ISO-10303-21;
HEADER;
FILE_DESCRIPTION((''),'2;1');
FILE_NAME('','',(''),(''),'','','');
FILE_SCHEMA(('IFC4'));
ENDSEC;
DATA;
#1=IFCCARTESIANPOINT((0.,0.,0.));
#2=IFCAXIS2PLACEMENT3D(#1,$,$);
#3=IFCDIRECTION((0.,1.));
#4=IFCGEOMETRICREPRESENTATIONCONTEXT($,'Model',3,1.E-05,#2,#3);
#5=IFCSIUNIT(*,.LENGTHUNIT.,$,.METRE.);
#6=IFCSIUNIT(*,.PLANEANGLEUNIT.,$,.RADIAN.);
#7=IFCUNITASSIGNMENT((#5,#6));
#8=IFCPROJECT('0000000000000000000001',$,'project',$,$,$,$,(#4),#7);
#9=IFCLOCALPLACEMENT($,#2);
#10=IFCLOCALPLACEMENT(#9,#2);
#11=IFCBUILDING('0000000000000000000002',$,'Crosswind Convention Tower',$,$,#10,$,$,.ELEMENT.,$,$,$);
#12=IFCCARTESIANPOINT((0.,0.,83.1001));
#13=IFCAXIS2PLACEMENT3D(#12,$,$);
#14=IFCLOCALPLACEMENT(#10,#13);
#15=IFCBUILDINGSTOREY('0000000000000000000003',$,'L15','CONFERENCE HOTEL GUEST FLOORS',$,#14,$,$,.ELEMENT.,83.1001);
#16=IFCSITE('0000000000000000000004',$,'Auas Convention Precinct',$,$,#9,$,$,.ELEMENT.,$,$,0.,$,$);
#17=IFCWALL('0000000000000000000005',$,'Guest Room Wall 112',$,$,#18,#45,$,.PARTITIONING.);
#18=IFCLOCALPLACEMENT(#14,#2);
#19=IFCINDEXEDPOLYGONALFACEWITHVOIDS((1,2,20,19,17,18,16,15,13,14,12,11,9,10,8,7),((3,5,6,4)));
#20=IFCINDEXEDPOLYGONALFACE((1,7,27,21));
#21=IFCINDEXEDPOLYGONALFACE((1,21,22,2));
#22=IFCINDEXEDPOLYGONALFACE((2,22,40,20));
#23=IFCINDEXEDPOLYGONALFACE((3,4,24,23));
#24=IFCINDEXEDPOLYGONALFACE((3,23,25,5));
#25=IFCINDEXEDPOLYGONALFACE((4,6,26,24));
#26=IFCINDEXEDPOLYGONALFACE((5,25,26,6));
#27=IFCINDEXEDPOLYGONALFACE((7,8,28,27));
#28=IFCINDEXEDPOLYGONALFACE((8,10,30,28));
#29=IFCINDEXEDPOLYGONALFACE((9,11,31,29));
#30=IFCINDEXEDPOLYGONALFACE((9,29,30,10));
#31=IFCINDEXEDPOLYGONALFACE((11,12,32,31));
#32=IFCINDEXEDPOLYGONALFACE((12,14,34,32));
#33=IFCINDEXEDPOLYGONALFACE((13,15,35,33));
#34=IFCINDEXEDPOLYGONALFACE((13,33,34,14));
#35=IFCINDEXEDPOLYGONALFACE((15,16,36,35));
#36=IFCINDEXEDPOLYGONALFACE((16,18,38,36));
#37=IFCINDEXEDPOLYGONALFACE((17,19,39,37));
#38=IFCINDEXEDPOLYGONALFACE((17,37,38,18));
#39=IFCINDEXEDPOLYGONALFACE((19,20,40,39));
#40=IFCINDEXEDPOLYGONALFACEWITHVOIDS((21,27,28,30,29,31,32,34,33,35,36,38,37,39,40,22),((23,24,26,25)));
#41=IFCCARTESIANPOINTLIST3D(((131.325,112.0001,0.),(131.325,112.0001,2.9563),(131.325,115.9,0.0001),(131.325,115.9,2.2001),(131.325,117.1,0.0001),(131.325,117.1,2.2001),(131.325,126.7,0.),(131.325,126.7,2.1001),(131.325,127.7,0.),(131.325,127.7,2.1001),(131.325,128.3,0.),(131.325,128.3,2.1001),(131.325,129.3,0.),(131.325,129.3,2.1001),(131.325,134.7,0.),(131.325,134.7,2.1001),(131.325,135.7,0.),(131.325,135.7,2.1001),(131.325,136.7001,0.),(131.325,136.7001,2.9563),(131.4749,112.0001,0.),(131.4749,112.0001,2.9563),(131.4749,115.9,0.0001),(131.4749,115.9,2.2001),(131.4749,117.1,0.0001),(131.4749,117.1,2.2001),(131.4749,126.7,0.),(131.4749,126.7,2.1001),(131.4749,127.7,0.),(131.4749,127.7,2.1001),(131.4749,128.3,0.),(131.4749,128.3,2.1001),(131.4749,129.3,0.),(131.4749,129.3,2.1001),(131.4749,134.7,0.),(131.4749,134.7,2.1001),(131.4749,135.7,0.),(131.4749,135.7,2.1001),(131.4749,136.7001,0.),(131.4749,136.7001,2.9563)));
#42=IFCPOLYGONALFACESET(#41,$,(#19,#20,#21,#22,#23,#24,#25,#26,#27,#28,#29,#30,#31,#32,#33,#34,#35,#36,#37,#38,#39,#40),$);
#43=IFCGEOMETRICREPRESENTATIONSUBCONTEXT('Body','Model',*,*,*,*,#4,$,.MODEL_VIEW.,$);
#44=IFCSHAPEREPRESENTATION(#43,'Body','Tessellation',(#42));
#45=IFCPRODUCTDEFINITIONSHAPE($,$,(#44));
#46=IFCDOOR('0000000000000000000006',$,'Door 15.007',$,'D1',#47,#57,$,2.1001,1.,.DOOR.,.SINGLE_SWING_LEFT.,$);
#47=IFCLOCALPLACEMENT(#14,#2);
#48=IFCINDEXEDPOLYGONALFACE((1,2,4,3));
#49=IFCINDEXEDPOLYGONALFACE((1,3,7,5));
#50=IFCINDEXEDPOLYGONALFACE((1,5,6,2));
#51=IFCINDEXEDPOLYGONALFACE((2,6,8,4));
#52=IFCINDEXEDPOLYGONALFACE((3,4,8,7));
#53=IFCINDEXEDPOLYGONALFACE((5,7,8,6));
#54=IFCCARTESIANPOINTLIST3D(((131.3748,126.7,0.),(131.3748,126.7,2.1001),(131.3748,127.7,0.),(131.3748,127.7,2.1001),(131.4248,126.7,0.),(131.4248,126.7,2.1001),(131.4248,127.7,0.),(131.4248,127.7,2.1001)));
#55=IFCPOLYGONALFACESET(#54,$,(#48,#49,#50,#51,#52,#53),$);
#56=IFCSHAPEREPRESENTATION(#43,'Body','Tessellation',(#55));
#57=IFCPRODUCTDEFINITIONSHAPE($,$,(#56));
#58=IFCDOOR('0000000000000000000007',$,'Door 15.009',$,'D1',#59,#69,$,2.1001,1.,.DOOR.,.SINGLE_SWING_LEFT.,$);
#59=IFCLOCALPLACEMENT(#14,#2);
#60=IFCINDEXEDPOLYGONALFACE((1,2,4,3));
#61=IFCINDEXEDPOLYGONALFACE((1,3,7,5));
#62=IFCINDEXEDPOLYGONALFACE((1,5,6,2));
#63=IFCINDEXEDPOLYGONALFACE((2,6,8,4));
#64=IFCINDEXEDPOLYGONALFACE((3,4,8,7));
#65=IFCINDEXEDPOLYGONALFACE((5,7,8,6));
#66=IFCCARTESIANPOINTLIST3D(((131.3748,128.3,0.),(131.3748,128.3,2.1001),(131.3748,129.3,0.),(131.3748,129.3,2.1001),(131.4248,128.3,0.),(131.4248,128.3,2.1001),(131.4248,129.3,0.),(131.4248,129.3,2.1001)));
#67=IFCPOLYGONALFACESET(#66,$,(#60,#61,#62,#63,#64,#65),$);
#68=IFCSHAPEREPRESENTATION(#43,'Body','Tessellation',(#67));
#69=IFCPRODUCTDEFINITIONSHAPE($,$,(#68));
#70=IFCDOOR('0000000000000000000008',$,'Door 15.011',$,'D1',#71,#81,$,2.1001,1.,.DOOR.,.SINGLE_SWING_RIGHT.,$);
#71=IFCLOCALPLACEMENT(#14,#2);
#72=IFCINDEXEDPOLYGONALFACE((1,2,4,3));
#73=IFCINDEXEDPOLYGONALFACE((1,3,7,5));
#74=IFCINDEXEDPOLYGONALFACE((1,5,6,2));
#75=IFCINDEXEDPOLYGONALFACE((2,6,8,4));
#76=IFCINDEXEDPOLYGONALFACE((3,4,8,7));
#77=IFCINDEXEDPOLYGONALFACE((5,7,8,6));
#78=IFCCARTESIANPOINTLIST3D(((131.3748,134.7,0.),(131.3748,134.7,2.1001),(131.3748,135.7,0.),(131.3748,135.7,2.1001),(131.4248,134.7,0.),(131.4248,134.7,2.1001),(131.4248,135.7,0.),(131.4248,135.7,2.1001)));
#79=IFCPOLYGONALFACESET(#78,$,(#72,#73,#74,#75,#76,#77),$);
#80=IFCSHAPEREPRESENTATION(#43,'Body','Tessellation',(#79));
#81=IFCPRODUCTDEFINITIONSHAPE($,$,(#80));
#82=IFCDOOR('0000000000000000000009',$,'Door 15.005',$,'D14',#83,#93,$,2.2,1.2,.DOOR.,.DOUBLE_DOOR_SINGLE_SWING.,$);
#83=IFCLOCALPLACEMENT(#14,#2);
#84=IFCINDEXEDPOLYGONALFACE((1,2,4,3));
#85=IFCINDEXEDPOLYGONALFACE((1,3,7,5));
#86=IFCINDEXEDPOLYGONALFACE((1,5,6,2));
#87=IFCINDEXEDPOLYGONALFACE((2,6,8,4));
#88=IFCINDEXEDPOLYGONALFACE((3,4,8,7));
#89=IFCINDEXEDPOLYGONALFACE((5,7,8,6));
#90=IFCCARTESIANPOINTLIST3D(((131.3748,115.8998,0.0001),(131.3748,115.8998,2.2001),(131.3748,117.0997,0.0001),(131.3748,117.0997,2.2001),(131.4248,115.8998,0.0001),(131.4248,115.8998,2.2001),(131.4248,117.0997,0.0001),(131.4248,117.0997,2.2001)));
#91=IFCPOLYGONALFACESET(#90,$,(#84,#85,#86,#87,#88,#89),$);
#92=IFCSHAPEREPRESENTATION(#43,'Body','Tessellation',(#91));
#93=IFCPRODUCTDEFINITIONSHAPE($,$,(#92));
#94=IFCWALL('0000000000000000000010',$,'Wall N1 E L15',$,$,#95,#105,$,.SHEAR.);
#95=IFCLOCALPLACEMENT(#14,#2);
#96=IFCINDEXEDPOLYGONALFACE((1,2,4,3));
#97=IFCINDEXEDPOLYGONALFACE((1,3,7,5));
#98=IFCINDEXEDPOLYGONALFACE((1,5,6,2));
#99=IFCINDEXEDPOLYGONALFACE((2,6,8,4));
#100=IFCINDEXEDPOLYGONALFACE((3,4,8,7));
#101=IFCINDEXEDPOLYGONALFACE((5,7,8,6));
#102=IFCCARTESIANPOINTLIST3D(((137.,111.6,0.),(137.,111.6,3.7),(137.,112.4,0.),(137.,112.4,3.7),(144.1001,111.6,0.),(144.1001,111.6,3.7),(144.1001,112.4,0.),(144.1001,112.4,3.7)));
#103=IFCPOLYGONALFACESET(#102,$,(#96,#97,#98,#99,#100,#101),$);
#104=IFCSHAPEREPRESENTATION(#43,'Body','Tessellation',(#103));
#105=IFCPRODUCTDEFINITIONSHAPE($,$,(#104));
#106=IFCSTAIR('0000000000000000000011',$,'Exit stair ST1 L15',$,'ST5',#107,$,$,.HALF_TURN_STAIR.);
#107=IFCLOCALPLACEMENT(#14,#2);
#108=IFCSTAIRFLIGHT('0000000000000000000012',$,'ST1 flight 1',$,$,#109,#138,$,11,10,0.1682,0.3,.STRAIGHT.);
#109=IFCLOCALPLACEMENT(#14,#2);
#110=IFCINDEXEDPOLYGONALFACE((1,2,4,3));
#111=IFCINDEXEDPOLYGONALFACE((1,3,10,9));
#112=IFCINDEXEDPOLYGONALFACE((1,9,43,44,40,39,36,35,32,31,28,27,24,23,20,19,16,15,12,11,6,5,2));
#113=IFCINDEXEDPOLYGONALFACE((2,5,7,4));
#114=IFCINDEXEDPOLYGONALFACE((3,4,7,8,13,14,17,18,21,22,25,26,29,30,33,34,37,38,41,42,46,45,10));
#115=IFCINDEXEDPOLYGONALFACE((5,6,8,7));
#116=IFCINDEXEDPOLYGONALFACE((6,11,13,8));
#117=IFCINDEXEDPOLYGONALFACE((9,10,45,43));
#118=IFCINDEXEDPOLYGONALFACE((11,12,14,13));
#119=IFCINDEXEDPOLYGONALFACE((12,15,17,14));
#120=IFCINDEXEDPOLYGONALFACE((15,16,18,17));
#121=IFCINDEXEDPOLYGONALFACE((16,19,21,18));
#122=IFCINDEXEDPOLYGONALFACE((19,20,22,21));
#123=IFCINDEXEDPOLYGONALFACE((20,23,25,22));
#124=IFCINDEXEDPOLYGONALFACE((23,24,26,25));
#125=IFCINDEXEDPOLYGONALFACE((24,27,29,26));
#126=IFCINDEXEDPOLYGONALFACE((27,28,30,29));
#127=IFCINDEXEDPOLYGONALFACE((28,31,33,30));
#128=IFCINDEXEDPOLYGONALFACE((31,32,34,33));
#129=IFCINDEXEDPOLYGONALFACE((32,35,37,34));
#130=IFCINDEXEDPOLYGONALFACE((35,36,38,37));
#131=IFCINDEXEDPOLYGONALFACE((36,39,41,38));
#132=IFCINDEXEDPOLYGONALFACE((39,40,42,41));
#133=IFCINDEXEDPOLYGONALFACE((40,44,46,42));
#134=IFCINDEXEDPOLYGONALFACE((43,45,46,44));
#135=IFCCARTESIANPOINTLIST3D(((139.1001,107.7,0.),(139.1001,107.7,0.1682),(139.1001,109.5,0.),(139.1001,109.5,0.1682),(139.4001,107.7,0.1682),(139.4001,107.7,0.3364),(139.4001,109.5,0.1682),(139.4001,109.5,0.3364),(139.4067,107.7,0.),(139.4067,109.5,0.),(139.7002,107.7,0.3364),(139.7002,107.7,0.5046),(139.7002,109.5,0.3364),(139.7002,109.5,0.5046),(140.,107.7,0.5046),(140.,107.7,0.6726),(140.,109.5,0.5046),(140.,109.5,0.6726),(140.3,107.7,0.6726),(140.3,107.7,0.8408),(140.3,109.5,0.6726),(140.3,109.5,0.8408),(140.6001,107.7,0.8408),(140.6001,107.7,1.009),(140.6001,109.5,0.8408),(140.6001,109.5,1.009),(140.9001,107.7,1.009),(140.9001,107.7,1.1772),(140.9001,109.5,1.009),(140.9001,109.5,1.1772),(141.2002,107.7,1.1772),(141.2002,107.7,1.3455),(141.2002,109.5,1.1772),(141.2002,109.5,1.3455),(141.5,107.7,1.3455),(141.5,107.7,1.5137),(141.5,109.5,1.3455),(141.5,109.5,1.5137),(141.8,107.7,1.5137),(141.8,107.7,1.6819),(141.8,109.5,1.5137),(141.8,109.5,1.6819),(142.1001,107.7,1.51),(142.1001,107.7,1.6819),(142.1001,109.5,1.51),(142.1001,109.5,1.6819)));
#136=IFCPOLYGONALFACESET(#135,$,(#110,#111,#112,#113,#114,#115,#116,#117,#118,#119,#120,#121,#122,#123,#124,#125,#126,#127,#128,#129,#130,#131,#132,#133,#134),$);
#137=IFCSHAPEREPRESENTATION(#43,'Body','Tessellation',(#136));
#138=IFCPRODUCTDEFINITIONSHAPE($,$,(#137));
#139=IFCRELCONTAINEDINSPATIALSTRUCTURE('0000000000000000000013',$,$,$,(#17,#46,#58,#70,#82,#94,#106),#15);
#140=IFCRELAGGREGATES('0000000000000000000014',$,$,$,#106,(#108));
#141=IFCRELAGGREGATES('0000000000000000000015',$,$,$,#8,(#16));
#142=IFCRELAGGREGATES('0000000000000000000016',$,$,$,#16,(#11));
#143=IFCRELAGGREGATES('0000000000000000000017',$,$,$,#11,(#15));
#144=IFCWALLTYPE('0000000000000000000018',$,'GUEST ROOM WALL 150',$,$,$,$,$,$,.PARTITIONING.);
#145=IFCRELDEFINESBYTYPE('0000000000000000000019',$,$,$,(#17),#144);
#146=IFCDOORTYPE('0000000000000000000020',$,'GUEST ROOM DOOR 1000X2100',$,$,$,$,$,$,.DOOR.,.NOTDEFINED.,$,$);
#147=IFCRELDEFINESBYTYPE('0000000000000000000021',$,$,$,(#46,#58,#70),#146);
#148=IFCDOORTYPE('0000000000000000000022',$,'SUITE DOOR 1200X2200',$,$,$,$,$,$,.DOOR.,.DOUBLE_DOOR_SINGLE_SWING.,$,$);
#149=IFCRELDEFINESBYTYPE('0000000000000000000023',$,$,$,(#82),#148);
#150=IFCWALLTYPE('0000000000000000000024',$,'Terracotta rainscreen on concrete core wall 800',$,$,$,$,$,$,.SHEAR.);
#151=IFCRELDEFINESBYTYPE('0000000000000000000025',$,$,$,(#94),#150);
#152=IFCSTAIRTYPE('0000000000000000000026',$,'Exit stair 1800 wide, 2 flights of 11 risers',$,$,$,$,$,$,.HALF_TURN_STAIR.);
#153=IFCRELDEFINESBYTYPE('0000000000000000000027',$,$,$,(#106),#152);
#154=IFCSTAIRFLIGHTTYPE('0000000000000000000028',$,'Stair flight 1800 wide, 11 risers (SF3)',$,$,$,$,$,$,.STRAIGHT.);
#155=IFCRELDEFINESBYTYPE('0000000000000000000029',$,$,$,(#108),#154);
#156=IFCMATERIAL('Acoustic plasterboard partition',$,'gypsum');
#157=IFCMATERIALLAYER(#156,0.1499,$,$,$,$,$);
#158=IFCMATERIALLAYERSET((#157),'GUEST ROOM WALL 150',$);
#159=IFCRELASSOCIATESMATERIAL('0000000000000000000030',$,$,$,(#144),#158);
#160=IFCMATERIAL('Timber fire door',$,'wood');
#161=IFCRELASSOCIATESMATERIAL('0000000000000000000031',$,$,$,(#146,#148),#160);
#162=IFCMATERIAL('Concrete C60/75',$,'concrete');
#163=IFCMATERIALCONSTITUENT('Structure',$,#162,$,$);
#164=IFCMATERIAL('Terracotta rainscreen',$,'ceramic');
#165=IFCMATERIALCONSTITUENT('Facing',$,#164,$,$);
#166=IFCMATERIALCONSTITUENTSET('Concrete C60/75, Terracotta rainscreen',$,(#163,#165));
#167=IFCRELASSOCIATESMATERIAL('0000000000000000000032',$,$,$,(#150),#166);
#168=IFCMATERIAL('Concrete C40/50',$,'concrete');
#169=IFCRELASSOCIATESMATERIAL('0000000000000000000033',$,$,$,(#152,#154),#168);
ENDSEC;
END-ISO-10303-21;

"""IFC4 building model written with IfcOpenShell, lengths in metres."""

from ifc_helpers import new_model, si_unit, direction, frame, frame_2d, origin, place, context, subcontext, project, spatial, polyline, rectangle, outline, extrude, material, layer, layer_set, constituent, constituent_set, type_object, element, fill, aggregate, save


model = new_model("IFC4")

# Units and contexts
model_context = context("Model", 3, precision=1e-05, world=origin(), true_north=direction((0.0, 1.0)))
body_context = subcontext(model_context, "Body", "Model", "MODEL_VIEW")
ifc_project = project(units=[si_unit("LENGTHUNIT", "METRE"), si_unit("PLANEANGLEUNIT", "RADIAN")], contexts=[model_context])

# Site, building, storey
site_placement = place(None, origin())
site = spatial("IfcSite", under=ifc_project, at=site_placement, Name="Auas Convention Precinct", CompositionType="ELEMENT", RefElevation=0.0)
building_placement = place(site_placement, origin())
building = spatial("IfcBuilding", under=site, at=building_placement, Name="Crosswind Convention Tower", CompositionType="ELEMENT")
storey_placement = place(building_placement, frame((0.0, 0.0, 83.1001)))
storey = spatial("IfcBuildingStorey", under=building, at=storey_placement, Name="L15", Description="CONFERENCE HOTEL GUEST FLOORS", CompositionType="ELEMENT", Elevation=83.1001)

# Shared definitions
ifc_material_1 = material(Name="Acoustic plasterboard partition", Category="gypsum")
ifc_layer_1 = layer(ifc_material_1, 0.1499)
ifc_layer_set_1 = layer_set([ifc_layer_1], Name="GUEST ROOM WALL 150")
wall_type_1 = type_object("IfcWallType", Name="GUEST ROOM WALL 150", PredefinedType="PARTITIONING", material=ifc_layer_set_1)

# Wall, openings, doors
wall_1_placement = place(storey_placement, frame((131.3999, 112.0, 0.0), z_axis=(0.0, 0.0, 1.0), x_axis=(0.0, 1.0, 0.0)))
wall_1 = element("IfcWall", 1, at=wall_1_placement, inside=storey, type_object=wall_type_1, Name="Guest Room Wall 112", PredefinedType="PARTITIONING", context=body_context, shape_type="SweptSolid", body=[
    extrude(rectangle(XDim=24.7, YDim=0.1499, at=frame_2d((12.3501, 0.0))), origin(), (0.0, 0.0, 1.0), 2.9563),
])
opening_1_placement = place(wall_1_placement, frame((3.8999, 0.0, 0.0)))
opening_1 = element("IfcOpeningElement", 2, at=opening_1_placement, cuts=wall_1, PredefinedType="OPENING", context=body_context, shape_type="SweptSolid", body=[
    extrude(rectangle(XDim=1.2, YDim=2.2, at=frame_2d((0.6001, 1.1001))), frame((0.0, 0.085, 0.0), z_axis=(0.0, -1.0, 0.0), x_axis=(1.0, 0.0, 0.0)), (0.0, 0.0, 1.0), 0.1699),
])
opening_2_placement = place(wall_1_placement, frame((14.7, 0.0, 0.0)))
opening_2 = element("IfcOpeningElement", 3, at=opening_2_placement, cuts=wall_1, PredefinedType="OPENING", context=body_context, shape_type="SweptSolid", body=[
    extrude(rectangle(XDim=1.0, YDim=2.1001, at=frame_2d((0.5, 1.05))), frame((0.0, 0.085, 0.0), z_axis=(0.0, -1.0, 0.0), x_axis=(1.0, 0.0, 0.0)), (0.0, 0.0, 1.0), 0.1699),
])
opening_3_placement = place(wall_1_placement, frame((16.3, 0.0, 0.0)))
opening_3 = element("IfcOpeningElement", 4, at=opening_3_placement, cuts=wall_1, PredefinedType="OPENING", context=body_context, shape_type="SweptSolid", body=[
    extrude(rectangle(XDim=1.0, YDim=2.1001, at=frame_2d((0.5, 1.05))), frame((0.0, 0.085, 0.0), z_axis=(0.0, -1.0, 0.0), x_axis=(1.0, 0.0, 0.0)), (0.0, 0.0, 1.0), 0.1699),
])
opening_4_placement = place(wall_1_placement, frame((22.7, 0.0, 0.0)))
opening_4 = element("IfcOpeningElement", 5, at=opening_4_placement, cuts=wall_1, PredefinedType="OPENING", context=body_context, shape_type="SweptSolid", body=[
    extrude(rectangle(XDim=1.0, YDim=2.1001, at=frame_2d((0.5, 1.05))), frame((0.0, 0.085, 0.0), z_axis=(0.0, -1.0, 0.0), x_axis=(1.0, 0.0, 0.0)), (0.0, 0.0, 1.0), 0.1699),
])
ifc_material_2 = material(Name="Timber fire door", Category="wood")
door_type_1 = type_object("IfcDoorType", Name="GUEST ROOM DOOR 1000X2100", OperationType="NOTDEFINED", PredefinedType="DOOR", material=ifc_material_2)
door_1_placement = place(opening_2_placement, frame((1.0, 0.0, 0.0), z_axis=(0.0, 0.0, 1.0), x_axis=(-1.0, 0.0, 0.0)))
door_1 = element("IfcDoor", 6, at=door_1_placement, inside=storey, type_object=door_type_1, Name="Door 15.007", ObjectType="D1", OperationType="SINGLE_SWING_LEFT", OverallHeight=2.1001, OverallWidth=1.0, PredefinedType="DOOR", context=body_context, shape_type="SweptSolid", body=[
    extrude(rectangle(XDim=1.0, YDim=2.1001, at=frame_2d((0.5, 1.05))), frame((0.0, 0.0249, 0.0), z_axis=(0.0, -1.0, 0.0), x_axis=(1.0, 0.0, 0.0)), (0.0, 0.0, 1.0), 0.05),
])
fill(opening_2, door_1)
door_2_placement = place(opening_3_placement, frame((1.0, 0.0, 0.0), z_axis=(0.0, 0.0, 1.0), x_axis=(-1.0, 0.0, 0.0)))
door_2 = element("IfcDoor", 7, at=door_2_placement, inside=storey, type_object=door_type_1, Name="Door 15.009", ObjectType="D1", OperationType="SINGLE_SWING_LEFT", OverallHeight=2.1001, OverallWidth=1.0, PredefinedType="DOOR", context=body_context, shape_type="SweptSolid", body=[
    extrude(rectangle(XDim=1.0, YDim=2.1001, at=frame_2d((0.5, 1.05))), frame((0.0, 0.0249, 0.0), z_axis=(0.0, -1.0, 0.0), x_axis=(1.0, 0.0, 0.0)), (0.0, 0.0, 1.0), 0.05),
])
fill(opening_3, door_2)
door_3_placement = place(opening_4_placement, frame((1.0, 0.0, 0.0), z_axis=(0.0, 0.0, 1.0), x_axis=(-1.0, 0.0, 0.0)))
door_3 = element("IfcDoor", 8, at=door_3_placement, inside=storey, type_object=door_type_1, Name="Door 15.011", ObjectType="D1", OperationType="SINGLE_SWING_RIGHT", OverallHeight=2.1001, OverallWidth=1.0, PredefinedType="DOOR", context=body_context, shape_type="SweptSolid", body=[
    extrude(rectangle(XDim=1.0, YDim=2.1001, at=frame_2d((0.5, 1.05))), frame((0.0, 0.0249, 0.0), z_axis=(0.0, -1.0, 0.0), x_axis=(1.0, 0.0, 0.0)), (0.0, 0.0, 1.0), 0.05),
])
fill(opening_4, door_3)
door_type_2 = type_object("IfcDoorType", Name="SUITE DOOR 1200X2200", OperationType="DOUBLE_DOOR_SINGLE_SWING", PredefinedType="DOOR", material=ifc_material_2)
door_4_placement = place(opening_1_placement, frame((1.2, 0.0, 0.0), z_axis=(0.0, 0.0, 1.0), x_axis=(-1.0, 0.0, 0.0)))
door_4 = element("IfcDoor", 9, at=door_4_placement, inside=storey, type_object=door_type_2, Name="Door 15.005", ObjectType="D14", OperationType="DOUBLE_DOOR_SINGLE_SWING", OverallHeight=2.2, OverallWidth=1.2, PredefinedType="DOOR", context=body_context, shape_type="SweptSolid", body=[
    extrude(rectangle(XDim=1.2, YDim=2.2, at=frame_2d((0.6001, 1.1001))), frame((0.0, 0.0249, 0.0), z_axis=(0.0, -1.0, 0.0), x_axis=(1.0, 0.0, 0.0)), (0.0, 0.0, 1.0), 0.05),
])
fill(opening_1, door_4)

# Shared definitions
ifc_material_3 = material(Name="Terracotta rainscreen", Category="ceramic")

# Wall
ifc_material_4 = material(Name="Concrete C60/75", Category="concrete")
ifc_constituent_1 = constituent(ifc_material_4, Name="Structure")
ifc_constituent_2 = constituent(ifc_material_3, Name="Facing")
ifc_constituent_set = constituent_set(constituents=[ifc_constituent_1, ifc_constituent_2], Name="Concrete C60/75, Terracotta rainscreen")
wall_type_2 = type_object("IfcWallType", Name="Terracotta rainscreen on concrete core wall 800", PredefinedType="SHEAR", material=ifc_constituent_set)
wall_2_placement = place(storey_placement, frame((137.0, 112.0, 0.0), z_axis=(0.0, 0.0, 1.0), x_axis=(1.0, 0.0, 0.0)))
element("IfcWall", 10, at=wall_2_placement, inside=storey, type_object=wall_type_2, Name="Wall N1 E L15", PredefinedType="SHEAR", context=body_context, shape_type="SweptSolid", body=[
    extrude(rectangle(XDim=7.1001, YDim=0.8, at=frame_2d((3.55, 0.0))), origin(), (0.0, 0.0, 1.0), 3.7),
])

# Stair, stair flight
ifc_material_5 = material(Name="Concrete C40/50", Category="concrete")
stair_type = type_object("IfcStairType", Name="Exit stair 1800 wide, 2 flights of 11 risers", PredefinedType="HALF_TURN_STAIR", material=ifc_material_5)
stair_placement = place(storey_placement, origin())
stair = element("IfcStair", 11, at=stair_placement, inside=storey, type_object=stair_type, Name="Exit stair ST1 L15", ObjectType="ST5", PredefinedType="HALF_TURN_STAIR")
stair_flight_type = type_object("IfcStairFlightType", Name="Stair flight 1800 wide, 11 risers (SF3)", PredefinedType="STRAIGHT", material=ifc_material_5)
stair_flight_placement = place(storey_placement, frame((139.1001, 108.6001, 0.0), z_axis=(0.0, 0.0, 1.0), x_axis=(1.0, 0.0, 0.0)))
stair_flight = element("IfcStairFlight", 12, at=stair_flight_placement, type_object=stair_flight_type, Name="ST1 flight 1", NumberOfRisers=11, NumberOfTreads=10, PredefinedType="STRAIGHT", RiserHeight=0.1682, TreadLength=0.3, context=body_context, shape_type="SweptSolid", body=[
    extrude(outline(polyline([(0.0, 0.0), (0.0, 0.1682), (0.3, 0.1682), (0.3, 0.3364), (0.6001, 0.3364), (0.6001, 0.5046), (0.8999, 0.5046), (0.8999, 0.6726), (1.2, 0.6726), (1.2, 0.8408), (1.5, 0.8408), (1.5, 1.009), (1.8, 1.009), (1.8, 1.1772), (2.1001, 1.1772), (2.1001, 1.3455), (2.3999, 1.3455), (2.3999, 1.5137), (2.7, 1.5137), (2.7, 1.6819), (3.0, 1.6819), (3.0, 1.8501), (3.0, 1.51), (0.3066, 0.0), (0.0, 0.0)])), frame((0.0, 0.8999, 0.0), z_axis=(0.0, -1.0, 0.0), x_axis=(1.0, 0.0, 0.0)), (0.0, 0.0, 1.0), 1.8),
])
aggregate(stair, [stair_flight])

save(model, "model.ifc")
